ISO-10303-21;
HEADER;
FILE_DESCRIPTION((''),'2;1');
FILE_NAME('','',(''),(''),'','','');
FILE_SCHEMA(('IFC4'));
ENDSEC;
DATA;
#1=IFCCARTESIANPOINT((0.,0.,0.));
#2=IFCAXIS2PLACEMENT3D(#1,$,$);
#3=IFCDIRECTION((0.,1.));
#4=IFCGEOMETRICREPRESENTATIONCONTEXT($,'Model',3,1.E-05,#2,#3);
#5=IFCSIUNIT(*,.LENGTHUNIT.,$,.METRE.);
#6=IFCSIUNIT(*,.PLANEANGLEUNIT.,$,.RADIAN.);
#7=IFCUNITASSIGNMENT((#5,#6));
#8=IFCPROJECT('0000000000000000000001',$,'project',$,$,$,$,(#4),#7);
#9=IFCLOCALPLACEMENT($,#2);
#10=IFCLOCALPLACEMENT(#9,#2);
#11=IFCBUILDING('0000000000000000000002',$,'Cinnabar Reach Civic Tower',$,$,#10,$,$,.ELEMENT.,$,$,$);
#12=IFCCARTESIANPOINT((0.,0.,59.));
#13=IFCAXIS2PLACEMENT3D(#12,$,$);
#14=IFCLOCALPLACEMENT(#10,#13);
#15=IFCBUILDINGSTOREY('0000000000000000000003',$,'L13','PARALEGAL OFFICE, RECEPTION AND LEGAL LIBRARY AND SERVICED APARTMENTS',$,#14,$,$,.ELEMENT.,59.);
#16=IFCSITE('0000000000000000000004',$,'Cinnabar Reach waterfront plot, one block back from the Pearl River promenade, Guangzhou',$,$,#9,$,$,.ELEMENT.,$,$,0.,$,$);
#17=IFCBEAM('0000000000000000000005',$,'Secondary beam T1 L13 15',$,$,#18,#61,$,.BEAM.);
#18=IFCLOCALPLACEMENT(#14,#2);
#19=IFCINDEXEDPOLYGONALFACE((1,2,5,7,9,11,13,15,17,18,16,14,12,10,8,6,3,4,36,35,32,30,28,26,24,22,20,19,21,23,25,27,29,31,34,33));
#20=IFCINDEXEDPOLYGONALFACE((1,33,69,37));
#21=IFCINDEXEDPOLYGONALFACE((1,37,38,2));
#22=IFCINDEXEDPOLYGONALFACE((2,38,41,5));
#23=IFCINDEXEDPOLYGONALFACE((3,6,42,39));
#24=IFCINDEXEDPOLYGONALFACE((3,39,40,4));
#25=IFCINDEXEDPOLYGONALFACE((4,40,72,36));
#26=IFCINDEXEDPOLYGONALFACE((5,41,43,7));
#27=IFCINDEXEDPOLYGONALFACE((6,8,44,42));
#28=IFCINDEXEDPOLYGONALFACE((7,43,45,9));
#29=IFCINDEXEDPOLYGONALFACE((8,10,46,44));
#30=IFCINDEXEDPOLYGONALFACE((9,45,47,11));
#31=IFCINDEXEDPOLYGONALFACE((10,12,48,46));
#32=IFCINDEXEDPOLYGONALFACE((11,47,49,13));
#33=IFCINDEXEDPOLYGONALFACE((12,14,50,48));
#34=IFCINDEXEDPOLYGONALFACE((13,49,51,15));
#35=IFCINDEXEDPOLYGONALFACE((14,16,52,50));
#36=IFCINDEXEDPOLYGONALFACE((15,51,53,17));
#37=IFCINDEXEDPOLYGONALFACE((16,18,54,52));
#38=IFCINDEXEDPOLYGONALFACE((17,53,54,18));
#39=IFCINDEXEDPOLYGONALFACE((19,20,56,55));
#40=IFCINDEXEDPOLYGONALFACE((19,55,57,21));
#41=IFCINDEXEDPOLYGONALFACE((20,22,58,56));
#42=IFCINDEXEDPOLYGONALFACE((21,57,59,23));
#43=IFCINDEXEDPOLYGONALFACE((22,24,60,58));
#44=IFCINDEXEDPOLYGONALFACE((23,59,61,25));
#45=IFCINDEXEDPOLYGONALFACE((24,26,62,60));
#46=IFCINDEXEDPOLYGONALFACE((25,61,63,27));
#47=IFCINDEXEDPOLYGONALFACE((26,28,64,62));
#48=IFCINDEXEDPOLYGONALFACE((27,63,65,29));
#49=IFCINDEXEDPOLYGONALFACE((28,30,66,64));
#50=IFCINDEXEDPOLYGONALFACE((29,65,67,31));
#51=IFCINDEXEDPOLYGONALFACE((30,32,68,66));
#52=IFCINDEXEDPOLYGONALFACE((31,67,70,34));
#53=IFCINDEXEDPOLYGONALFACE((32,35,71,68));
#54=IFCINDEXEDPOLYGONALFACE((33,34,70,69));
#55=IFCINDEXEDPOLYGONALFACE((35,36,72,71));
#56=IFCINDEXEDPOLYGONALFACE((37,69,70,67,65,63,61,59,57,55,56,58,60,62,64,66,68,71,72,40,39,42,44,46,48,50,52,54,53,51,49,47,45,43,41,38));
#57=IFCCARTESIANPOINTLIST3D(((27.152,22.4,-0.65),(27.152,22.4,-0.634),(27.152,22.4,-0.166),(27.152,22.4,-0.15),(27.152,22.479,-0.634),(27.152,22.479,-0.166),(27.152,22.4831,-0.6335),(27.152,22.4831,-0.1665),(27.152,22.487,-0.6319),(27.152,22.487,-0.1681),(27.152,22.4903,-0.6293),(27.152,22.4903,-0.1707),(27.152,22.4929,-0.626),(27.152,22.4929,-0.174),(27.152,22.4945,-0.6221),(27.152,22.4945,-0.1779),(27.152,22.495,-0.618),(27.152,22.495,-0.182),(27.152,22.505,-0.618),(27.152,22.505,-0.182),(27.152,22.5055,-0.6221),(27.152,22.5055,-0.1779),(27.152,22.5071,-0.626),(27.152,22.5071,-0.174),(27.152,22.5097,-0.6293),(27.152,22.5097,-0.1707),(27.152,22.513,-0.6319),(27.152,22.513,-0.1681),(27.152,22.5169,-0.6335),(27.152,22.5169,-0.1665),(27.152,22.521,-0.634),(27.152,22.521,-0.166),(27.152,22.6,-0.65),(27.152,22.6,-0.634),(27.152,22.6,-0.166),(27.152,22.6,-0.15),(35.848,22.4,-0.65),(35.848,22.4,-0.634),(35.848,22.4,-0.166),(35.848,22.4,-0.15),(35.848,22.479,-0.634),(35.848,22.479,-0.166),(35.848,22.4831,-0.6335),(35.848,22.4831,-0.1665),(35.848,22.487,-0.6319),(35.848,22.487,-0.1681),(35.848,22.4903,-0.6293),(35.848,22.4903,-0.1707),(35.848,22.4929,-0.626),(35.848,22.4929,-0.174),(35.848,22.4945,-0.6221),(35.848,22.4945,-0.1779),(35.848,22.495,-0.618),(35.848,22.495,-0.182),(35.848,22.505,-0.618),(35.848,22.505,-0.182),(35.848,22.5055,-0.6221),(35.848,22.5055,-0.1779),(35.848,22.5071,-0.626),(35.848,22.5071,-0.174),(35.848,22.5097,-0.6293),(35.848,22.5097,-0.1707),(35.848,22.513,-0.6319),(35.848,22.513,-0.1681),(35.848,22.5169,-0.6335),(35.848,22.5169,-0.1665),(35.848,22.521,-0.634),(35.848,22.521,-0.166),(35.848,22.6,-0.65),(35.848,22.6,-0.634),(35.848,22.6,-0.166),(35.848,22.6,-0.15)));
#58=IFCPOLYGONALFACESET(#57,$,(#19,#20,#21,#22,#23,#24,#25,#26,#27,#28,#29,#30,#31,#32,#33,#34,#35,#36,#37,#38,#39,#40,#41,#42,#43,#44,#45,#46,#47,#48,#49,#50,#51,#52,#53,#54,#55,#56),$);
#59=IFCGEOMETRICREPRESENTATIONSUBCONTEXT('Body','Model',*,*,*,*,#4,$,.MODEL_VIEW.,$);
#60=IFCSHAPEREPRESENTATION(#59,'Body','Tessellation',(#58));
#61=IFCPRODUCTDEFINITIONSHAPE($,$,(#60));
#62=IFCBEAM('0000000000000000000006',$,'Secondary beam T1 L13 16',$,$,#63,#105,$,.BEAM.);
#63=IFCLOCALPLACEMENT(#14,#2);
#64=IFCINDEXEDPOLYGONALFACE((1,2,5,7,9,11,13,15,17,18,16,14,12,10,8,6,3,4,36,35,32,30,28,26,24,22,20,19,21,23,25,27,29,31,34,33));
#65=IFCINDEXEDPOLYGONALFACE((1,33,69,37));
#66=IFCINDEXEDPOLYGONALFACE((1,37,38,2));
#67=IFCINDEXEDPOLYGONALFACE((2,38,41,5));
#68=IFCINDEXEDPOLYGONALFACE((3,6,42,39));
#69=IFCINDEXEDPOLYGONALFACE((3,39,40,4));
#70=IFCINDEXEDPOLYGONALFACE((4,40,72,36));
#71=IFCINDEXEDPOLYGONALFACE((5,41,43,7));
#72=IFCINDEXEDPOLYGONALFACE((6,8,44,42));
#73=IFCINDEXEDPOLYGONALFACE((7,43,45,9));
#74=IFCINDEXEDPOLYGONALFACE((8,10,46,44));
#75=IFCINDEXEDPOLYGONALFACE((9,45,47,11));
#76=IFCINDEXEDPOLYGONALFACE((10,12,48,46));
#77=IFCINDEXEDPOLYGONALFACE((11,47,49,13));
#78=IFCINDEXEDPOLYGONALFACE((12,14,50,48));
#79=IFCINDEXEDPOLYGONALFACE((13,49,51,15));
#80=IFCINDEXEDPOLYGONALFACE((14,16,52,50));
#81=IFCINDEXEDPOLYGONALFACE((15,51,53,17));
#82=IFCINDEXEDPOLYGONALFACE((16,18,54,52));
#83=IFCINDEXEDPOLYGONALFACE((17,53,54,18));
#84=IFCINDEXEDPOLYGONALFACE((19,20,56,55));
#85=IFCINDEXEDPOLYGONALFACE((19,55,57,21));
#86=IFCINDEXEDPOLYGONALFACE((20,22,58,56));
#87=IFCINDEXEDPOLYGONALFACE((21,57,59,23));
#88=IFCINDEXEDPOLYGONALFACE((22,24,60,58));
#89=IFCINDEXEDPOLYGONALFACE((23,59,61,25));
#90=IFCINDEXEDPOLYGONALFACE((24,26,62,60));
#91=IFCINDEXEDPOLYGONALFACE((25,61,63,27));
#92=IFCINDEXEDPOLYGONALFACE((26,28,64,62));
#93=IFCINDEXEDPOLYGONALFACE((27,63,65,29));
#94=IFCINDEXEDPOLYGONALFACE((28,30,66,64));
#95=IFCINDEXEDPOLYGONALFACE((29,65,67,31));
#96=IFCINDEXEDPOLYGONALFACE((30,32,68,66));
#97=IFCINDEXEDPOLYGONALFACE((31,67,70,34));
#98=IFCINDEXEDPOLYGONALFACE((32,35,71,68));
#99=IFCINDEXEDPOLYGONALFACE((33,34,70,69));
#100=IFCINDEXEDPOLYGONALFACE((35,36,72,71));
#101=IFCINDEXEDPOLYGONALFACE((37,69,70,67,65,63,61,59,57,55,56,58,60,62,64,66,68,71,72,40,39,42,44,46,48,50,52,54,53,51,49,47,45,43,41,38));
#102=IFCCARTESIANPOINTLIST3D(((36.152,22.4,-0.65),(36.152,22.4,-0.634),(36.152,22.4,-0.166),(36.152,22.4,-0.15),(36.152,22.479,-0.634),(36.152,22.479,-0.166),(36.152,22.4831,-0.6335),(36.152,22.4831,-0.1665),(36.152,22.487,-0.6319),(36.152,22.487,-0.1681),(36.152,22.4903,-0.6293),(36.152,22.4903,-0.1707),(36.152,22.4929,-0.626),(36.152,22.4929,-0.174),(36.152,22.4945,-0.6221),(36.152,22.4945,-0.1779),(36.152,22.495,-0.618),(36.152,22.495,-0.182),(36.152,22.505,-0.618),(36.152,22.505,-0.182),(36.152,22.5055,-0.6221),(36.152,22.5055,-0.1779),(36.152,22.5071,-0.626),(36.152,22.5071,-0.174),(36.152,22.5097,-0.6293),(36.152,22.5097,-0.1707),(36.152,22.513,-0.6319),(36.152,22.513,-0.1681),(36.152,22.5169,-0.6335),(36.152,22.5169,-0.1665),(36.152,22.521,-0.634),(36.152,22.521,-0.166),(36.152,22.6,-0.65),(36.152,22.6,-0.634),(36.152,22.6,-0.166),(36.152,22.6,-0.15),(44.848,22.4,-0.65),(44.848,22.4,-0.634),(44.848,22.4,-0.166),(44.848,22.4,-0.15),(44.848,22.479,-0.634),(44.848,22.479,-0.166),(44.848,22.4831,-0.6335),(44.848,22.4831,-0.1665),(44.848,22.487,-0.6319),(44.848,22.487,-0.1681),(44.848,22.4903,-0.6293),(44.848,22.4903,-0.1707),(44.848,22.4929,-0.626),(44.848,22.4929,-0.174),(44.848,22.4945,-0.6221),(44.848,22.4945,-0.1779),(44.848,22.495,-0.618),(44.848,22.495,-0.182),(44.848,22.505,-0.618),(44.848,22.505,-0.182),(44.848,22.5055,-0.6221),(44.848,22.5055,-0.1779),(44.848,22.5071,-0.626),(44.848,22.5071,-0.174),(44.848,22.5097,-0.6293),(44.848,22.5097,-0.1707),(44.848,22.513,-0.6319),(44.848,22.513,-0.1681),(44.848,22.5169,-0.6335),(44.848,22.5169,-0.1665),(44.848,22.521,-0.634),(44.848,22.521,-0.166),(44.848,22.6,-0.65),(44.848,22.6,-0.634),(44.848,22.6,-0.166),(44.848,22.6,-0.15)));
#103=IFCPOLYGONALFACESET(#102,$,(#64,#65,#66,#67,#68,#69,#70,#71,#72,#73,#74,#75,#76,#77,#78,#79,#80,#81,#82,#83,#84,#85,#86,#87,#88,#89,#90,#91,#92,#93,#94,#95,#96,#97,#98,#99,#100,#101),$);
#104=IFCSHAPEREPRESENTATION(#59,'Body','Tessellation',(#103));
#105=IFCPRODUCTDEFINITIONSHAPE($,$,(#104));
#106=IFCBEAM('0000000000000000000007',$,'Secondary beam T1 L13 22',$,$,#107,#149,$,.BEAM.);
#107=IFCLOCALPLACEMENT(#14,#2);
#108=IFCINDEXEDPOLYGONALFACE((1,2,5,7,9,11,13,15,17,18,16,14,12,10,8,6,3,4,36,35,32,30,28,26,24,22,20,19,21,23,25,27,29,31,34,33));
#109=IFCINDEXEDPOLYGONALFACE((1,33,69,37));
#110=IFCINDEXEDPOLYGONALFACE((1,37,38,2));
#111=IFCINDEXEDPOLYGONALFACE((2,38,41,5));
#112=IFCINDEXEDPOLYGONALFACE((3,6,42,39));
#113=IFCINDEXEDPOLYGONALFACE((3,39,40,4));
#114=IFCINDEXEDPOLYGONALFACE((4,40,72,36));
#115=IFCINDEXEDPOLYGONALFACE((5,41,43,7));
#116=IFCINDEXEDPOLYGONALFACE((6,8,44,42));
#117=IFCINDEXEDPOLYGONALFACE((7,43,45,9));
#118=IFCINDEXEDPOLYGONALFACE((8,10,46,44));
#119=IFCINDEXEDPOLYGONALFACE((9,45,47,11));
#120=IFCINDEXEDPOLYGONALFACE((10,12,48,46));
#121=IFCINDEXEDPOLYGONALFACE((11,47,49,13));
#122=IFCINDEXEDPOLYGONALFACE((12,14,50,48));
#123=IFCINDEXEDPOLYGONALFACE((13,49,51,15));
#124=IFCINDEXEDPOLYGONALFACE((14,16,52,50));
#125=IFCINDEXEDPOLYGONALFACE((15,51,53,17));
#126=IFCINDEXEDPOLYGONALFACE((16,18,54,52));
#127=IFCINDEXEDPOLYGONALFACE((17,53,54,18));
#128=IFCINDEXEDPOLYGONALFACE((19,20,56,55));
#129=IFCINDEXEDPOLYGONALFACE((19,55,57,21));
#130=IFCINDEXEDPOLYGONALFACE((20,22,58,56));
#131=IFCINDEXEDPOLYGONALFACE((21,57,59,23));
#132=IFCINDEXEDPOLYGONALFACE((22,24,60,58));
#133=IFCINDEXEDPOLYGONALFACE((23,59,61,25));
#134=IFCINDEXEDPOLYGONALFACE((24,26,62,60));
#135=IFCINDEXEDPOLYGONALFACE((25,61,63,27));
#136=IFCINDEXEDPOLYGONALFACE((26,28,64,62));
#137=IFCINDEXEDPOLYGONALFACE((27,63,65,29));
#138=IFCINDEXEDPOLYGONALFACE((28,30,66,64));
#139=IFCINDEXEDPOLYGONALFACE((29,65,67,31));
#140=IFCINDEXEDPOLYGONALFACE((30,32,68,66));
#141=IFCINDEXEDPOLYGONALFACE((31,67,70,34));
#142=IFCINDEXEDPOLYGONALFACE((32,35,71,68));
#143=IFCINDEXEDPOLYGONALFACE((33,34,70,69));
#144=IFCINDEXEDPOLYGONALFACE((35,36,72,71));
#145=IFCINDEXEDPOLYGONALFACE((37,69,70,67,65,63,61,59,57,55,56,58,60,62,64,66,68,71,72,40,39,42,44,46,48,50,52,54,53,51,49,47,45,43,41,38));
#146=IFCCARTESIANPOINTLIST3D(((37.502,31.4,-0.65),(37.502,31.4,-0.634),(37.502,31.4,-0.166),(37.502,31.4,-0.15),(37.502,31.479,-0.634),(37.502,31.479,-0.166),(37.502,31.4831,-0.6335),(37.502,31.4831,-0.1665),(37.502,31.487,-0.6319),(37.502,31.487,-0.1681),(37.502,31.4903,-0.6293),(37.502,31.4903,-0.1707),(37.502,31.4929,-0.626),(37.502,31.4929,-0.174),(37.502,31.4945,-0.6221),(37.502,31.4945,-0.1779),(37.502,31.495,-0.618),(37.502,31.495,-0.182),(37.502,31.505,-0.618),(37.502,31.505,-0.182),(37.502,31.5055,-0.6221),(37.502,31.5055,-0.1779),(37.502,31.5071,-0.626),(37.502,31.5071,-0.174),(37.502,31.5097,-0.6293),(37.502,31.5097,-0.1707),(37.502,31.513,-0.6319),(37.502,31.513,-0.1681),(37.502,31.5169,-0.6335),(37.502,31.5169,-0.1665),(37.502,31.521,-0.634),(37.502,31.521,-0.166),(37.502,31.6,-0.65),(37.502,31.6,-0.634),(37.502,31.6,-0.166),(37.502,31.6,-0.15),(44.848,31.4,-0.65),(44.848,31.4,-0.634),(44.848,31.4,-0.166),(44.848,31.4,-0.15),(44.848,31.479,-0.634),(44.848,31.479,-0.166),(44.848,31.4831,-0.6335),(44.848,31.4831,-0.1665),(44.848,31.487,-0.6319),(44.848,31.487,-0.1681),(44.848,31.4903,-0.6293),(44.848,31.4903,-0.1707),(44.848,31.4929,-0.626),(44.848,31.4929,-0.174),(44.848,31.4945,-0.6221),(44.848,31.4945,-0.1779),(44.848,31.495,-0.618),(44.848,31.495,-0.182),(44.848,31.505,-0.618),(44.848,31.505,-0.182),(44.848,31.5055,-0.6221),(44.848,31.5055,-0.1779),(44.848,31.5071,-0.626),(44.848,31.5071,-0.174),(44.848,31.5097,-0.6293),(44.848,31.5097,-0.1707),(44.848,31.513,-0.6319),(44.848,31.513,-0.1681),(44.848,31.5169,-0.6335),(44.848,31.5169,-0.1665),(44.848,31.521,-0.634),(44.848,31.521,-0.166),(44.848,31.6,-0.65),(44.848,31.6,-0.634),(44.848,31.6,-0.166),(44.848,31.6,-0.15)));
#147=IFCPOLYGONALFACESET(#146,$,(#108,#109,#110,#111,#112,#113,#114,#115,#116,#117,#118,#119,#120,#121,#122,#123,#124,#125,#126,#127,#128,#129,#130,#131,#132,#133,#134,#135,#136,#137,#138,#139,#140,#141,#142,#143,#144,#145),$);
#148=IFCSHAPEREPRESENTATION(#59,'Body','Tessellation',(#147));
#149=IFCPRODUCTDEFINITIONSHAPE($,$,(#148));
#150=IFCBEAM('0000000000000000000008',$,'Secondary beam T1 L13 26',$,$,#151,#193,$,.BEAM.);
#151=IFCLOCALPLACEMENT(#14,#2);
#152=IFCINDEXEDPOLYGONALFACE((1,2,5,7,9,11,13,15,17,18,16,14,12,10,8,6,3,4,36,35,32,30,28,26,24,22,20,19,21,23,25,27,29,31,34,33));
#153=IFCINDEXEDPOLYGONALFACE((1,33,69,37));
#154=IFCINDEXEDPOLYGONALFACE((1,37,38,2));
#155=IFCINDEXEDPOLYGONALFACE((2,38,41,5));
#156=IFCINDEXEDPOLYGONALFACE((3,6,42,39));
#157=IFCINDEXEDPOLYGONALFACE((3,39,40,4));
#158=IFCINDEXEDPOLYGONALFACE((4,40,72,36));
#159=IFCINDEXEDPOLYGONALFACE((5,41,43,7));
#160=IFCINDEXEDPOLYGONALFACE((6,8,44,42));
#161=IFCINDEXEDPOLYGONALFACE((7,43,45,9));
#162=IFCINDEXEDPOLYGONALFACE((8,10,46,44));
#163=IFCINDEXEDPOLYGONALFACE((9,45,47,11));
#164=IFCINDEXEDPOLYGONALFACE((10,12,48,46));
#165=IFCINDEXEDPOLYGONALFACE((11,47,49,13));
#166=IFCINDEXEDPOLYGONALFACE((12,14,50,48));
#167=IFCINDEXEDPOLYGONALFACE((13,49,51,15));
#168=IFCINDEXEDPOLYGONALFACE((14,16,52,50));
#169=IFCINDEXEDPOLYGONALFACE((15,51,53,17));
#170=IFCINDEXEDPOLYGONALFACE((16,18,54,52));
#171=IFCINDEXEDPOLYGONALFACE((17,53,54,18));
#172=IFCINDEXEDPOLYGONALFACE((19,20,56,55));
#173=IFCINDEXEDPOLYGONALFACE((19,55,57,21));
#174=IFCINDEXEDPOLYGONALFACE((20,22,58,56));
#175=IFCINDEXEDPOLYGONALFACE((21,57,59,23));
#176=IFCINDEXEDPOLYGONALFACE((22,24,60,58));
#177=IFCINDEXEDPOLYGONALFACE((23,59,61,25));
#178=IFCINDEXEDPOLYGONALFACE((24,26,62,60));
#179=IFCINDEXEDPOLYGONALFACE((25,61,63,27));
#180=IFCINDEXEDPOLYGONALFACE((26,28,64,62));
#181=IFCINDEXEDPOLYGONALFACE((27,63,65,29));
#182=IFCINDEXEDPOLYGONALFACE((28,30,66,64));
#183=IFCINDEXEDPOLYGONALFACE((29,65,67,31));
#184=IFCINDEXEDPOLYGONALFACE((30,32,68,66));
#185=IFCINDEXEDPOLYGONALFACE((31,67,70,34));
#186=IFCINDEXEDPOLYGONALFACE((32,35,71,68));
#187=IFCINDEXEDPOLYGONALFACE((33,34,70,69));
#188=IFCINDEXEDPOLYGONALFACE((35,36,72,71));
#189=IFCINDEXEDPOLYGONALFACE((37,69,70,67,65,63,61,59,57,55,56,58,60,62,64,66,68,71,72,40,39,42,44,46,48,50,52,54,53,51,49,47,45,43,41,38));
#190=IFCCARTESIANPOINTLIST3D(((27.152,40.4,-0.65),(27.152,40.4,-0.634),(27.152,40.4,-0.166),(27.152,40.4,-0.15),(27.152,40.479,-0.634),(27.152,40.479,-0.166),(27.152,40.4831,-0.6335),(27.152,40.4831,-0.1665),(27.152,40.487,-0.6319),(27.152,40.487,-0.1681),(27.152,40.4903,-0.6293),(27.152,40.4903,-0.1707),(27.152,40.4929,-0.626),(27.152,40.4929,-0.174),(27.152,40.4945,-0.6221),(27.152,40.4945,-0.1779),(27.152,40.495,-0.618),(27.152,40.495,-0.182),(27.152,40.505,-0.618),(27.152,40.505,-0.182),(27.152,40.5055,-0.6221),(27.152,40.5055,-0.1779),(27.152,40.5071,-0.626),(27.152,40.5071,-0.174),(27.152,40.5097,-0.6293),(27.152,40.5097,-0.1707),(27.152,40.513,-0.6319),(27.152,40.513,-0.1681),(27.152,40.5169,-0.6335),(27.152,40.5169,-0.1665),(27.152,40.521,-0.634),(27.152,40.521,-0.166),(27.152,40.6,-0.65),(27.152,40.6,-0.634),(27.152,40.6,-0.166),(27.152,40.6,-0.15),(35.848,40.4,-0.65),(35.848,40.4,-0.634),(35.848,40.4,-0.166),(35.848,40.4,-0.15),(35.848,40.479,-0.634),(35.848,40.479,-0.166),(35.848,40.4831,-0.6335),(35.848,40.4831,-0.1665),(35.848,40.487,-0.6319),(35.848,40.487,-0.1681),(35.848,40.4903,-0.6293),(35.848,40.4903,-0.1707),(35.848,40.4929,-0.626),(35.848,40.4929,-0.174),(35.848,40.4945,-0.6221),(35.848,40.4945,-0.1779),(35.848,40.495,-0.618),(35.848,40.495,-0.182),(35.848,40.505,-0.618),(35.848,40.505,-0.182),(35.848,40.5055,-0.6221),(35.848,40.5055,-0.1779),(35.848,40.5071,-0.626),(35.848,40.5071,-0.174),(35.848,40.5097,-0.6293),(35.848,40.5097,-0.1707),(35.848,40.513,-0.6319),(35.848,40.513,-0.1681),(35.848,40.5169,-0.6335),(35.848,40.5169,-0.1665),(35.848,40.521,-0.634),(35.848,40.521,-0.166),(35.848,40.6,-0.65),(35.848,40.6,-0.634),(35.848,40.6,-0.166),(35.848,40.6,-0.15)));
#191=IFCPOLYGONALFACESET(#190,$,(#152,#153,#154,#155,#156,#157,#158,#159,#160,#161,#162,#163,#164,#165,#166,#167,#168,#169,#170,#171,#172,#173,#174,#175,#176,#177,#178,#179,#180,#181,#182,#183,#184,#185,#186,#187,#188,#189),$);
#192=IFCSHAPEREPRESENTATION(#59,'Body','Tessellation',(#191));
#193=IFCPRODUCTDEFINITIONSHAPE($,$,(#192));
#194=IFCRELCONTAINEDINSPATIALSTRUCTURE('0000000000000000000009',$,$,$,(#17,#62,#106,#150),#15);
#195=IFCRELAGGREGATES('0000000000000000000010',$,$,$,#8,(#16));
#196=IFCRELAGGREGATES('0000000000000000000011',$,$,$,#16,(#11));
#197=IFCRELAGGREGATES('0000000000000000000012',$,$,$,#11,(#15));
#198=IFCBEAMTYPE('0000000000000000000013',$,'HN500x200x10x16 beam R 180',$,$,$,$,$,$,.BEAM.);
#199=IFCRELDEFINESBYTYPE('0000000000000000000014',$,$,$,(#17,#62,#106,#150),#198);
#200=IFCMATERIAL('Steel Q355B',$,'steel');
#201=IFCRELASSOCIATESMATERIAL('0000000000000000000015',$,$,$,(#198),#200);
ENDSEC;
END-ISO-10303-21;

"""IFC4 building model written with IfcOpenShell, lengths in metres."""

from ifc_helpers import new_model, si_unit, direction, frame, origin, origin_2d, place, context, subcontext, project, spatial, i_section, extrude, material, material_profile, profile_set, type_object, element, save


model = new_model("IFC4")

# Units and contexts
model_context = context("Model", 3, precision=1e-05, world=origin(), true_north=direction((0.0, 1.0)))
body_context = subcontext(model_context, "Body", "Model", "MODEL_VIEW")
ifc_project = project(units=[si_unit("LENGTHUNIT", "METRE"), si_unit("PLANEANGLEUNIT", "RADIAN")], contexts=[model_context])

# Site, building, storey
site_placement = place(None, origin())
site = spatial("IfcSite", under=ifc_project, at=site_placement, Name="Cinnabar Reach waterfront plot, one block back from the Pearl River promenade, Guangzhou", CompositionType="ELEMENT", RefElevation=0.0)
building_placement = place(site_placement, origin())
building = spatial("IfcBuilding", under=site, at=building_placement, Name="Cinnabar Reach Civic Tower", CompositionType="ELEMENT")
storey_placement = place(building_placement, frame((0.0, 0.0, 59.0)))
storey = spatial("IfcBuildingStorey", under=building, at=storey_placement, Name="L13", Description="PARALEGAL OFFICE, RECEPTION AND LEGAL LIBRARY AND SERVICED APARTMENTS", CompositionType="ELEMENT", Elevation=59.0)

# Beams
ifc_material_1 = material(Name="Steel Q355B", Category="steel")
ifc_material_profile_1 = material_profile(ifc_material_1, i_section(OverallWidth=0.2, OverallDepth=0.5, WebThickness=0.01, FlangeThickness=0.016, FilletRadius=0.016, at=origin_2d()), Name="HN500x200x10x16")
ifc_profile_set_1 = profile_set([ifc_material_profile_1], Name="Steel Q355B")
beam_type_1 = type_object("IfcBeamType", Name="HN500x200x10x16 beam R 180", PredefinedType="BEAM", material=ifc_profile_set_1)
for number, where, z_axis, x_axis, name in (
    (1, (27.152, 22.5, -0.4), (1.0, 0.0, 0.0), (0.0, 1.0, 0.0), "Secondary beam T1 L13 15"),
    (2, (36.152, 22.5, -0.4), (1.0, 0.0, 0.0), (0.0, 1.0, 0.0), "Secondary beam T1 L13 16"),
):
    element("IfcBeam", number, at=place(storey_placement, frame(where, z_axis=z_axis, x_axis=x_axis)), inside=storey, type_object=beam_type_1, Name=name, PredefinedType="BEAM", context=body_context, shape_type="SweptSolid", body=[
        extrude(i_section(OverallWidth=0.2, OverallDepth=0.5, WebThickness=0.01, FlangeThickness=0.016, FilletRadius=0.016, at=origin_2d()), origin(), (0.0, 0.0, 1.0), 8.696),
    ])
beam_1_placement = place(storey_placement, frame((37.502, 31.5, -0.4), z_axis=(1.0, 0.0, 0.0), x_axis=(0.0, 1.0, 0.0)))
element("IfcBeam", 3, at=beam_1_placement, inside=storey, type_object=beam_type_1, Name="Secondary beam T1 L13 22", PredefinedType="BEAM", context=body_context, shape_type="SweptSolid", body=[
    extrude(i_section(OverallWidth=0.2, OverallDepth=0.5, WebThickness=0.01, FlangeThickness=0.016, FilletRadius=0.016, at=origin_2d()), origin(), (0.0, 0.0, 1.0), 7.346),
])
for number, where, z_axis, x_axis, name in (
    (4, (27.152, 40.5, -0.4), (1.0, 0.0, 0.0), (0.0, 1.0, 0.0), "Secondary beam T1 L13 26"),
):
    element("IfcBeam", number, at=place(storey_placement, frame(where, z_axis=z_axis, x_axis=x_axis)), inside=storey, type_object=beam_type_1, Name=name, PredefinedType="BEAM", context=body_context, shape_type="SweptSolid", body=[
        extrude(i_section(OverallWidth=0.2, OverallDepth=0.5, WebThickness=0.01, FlangeThickness=0.016, FilletRadius=0.016, at=origin_2d()), origin(), (0.0, 0.0, 1.0), 8.696),
    ])

save(model, "model.ifc")
